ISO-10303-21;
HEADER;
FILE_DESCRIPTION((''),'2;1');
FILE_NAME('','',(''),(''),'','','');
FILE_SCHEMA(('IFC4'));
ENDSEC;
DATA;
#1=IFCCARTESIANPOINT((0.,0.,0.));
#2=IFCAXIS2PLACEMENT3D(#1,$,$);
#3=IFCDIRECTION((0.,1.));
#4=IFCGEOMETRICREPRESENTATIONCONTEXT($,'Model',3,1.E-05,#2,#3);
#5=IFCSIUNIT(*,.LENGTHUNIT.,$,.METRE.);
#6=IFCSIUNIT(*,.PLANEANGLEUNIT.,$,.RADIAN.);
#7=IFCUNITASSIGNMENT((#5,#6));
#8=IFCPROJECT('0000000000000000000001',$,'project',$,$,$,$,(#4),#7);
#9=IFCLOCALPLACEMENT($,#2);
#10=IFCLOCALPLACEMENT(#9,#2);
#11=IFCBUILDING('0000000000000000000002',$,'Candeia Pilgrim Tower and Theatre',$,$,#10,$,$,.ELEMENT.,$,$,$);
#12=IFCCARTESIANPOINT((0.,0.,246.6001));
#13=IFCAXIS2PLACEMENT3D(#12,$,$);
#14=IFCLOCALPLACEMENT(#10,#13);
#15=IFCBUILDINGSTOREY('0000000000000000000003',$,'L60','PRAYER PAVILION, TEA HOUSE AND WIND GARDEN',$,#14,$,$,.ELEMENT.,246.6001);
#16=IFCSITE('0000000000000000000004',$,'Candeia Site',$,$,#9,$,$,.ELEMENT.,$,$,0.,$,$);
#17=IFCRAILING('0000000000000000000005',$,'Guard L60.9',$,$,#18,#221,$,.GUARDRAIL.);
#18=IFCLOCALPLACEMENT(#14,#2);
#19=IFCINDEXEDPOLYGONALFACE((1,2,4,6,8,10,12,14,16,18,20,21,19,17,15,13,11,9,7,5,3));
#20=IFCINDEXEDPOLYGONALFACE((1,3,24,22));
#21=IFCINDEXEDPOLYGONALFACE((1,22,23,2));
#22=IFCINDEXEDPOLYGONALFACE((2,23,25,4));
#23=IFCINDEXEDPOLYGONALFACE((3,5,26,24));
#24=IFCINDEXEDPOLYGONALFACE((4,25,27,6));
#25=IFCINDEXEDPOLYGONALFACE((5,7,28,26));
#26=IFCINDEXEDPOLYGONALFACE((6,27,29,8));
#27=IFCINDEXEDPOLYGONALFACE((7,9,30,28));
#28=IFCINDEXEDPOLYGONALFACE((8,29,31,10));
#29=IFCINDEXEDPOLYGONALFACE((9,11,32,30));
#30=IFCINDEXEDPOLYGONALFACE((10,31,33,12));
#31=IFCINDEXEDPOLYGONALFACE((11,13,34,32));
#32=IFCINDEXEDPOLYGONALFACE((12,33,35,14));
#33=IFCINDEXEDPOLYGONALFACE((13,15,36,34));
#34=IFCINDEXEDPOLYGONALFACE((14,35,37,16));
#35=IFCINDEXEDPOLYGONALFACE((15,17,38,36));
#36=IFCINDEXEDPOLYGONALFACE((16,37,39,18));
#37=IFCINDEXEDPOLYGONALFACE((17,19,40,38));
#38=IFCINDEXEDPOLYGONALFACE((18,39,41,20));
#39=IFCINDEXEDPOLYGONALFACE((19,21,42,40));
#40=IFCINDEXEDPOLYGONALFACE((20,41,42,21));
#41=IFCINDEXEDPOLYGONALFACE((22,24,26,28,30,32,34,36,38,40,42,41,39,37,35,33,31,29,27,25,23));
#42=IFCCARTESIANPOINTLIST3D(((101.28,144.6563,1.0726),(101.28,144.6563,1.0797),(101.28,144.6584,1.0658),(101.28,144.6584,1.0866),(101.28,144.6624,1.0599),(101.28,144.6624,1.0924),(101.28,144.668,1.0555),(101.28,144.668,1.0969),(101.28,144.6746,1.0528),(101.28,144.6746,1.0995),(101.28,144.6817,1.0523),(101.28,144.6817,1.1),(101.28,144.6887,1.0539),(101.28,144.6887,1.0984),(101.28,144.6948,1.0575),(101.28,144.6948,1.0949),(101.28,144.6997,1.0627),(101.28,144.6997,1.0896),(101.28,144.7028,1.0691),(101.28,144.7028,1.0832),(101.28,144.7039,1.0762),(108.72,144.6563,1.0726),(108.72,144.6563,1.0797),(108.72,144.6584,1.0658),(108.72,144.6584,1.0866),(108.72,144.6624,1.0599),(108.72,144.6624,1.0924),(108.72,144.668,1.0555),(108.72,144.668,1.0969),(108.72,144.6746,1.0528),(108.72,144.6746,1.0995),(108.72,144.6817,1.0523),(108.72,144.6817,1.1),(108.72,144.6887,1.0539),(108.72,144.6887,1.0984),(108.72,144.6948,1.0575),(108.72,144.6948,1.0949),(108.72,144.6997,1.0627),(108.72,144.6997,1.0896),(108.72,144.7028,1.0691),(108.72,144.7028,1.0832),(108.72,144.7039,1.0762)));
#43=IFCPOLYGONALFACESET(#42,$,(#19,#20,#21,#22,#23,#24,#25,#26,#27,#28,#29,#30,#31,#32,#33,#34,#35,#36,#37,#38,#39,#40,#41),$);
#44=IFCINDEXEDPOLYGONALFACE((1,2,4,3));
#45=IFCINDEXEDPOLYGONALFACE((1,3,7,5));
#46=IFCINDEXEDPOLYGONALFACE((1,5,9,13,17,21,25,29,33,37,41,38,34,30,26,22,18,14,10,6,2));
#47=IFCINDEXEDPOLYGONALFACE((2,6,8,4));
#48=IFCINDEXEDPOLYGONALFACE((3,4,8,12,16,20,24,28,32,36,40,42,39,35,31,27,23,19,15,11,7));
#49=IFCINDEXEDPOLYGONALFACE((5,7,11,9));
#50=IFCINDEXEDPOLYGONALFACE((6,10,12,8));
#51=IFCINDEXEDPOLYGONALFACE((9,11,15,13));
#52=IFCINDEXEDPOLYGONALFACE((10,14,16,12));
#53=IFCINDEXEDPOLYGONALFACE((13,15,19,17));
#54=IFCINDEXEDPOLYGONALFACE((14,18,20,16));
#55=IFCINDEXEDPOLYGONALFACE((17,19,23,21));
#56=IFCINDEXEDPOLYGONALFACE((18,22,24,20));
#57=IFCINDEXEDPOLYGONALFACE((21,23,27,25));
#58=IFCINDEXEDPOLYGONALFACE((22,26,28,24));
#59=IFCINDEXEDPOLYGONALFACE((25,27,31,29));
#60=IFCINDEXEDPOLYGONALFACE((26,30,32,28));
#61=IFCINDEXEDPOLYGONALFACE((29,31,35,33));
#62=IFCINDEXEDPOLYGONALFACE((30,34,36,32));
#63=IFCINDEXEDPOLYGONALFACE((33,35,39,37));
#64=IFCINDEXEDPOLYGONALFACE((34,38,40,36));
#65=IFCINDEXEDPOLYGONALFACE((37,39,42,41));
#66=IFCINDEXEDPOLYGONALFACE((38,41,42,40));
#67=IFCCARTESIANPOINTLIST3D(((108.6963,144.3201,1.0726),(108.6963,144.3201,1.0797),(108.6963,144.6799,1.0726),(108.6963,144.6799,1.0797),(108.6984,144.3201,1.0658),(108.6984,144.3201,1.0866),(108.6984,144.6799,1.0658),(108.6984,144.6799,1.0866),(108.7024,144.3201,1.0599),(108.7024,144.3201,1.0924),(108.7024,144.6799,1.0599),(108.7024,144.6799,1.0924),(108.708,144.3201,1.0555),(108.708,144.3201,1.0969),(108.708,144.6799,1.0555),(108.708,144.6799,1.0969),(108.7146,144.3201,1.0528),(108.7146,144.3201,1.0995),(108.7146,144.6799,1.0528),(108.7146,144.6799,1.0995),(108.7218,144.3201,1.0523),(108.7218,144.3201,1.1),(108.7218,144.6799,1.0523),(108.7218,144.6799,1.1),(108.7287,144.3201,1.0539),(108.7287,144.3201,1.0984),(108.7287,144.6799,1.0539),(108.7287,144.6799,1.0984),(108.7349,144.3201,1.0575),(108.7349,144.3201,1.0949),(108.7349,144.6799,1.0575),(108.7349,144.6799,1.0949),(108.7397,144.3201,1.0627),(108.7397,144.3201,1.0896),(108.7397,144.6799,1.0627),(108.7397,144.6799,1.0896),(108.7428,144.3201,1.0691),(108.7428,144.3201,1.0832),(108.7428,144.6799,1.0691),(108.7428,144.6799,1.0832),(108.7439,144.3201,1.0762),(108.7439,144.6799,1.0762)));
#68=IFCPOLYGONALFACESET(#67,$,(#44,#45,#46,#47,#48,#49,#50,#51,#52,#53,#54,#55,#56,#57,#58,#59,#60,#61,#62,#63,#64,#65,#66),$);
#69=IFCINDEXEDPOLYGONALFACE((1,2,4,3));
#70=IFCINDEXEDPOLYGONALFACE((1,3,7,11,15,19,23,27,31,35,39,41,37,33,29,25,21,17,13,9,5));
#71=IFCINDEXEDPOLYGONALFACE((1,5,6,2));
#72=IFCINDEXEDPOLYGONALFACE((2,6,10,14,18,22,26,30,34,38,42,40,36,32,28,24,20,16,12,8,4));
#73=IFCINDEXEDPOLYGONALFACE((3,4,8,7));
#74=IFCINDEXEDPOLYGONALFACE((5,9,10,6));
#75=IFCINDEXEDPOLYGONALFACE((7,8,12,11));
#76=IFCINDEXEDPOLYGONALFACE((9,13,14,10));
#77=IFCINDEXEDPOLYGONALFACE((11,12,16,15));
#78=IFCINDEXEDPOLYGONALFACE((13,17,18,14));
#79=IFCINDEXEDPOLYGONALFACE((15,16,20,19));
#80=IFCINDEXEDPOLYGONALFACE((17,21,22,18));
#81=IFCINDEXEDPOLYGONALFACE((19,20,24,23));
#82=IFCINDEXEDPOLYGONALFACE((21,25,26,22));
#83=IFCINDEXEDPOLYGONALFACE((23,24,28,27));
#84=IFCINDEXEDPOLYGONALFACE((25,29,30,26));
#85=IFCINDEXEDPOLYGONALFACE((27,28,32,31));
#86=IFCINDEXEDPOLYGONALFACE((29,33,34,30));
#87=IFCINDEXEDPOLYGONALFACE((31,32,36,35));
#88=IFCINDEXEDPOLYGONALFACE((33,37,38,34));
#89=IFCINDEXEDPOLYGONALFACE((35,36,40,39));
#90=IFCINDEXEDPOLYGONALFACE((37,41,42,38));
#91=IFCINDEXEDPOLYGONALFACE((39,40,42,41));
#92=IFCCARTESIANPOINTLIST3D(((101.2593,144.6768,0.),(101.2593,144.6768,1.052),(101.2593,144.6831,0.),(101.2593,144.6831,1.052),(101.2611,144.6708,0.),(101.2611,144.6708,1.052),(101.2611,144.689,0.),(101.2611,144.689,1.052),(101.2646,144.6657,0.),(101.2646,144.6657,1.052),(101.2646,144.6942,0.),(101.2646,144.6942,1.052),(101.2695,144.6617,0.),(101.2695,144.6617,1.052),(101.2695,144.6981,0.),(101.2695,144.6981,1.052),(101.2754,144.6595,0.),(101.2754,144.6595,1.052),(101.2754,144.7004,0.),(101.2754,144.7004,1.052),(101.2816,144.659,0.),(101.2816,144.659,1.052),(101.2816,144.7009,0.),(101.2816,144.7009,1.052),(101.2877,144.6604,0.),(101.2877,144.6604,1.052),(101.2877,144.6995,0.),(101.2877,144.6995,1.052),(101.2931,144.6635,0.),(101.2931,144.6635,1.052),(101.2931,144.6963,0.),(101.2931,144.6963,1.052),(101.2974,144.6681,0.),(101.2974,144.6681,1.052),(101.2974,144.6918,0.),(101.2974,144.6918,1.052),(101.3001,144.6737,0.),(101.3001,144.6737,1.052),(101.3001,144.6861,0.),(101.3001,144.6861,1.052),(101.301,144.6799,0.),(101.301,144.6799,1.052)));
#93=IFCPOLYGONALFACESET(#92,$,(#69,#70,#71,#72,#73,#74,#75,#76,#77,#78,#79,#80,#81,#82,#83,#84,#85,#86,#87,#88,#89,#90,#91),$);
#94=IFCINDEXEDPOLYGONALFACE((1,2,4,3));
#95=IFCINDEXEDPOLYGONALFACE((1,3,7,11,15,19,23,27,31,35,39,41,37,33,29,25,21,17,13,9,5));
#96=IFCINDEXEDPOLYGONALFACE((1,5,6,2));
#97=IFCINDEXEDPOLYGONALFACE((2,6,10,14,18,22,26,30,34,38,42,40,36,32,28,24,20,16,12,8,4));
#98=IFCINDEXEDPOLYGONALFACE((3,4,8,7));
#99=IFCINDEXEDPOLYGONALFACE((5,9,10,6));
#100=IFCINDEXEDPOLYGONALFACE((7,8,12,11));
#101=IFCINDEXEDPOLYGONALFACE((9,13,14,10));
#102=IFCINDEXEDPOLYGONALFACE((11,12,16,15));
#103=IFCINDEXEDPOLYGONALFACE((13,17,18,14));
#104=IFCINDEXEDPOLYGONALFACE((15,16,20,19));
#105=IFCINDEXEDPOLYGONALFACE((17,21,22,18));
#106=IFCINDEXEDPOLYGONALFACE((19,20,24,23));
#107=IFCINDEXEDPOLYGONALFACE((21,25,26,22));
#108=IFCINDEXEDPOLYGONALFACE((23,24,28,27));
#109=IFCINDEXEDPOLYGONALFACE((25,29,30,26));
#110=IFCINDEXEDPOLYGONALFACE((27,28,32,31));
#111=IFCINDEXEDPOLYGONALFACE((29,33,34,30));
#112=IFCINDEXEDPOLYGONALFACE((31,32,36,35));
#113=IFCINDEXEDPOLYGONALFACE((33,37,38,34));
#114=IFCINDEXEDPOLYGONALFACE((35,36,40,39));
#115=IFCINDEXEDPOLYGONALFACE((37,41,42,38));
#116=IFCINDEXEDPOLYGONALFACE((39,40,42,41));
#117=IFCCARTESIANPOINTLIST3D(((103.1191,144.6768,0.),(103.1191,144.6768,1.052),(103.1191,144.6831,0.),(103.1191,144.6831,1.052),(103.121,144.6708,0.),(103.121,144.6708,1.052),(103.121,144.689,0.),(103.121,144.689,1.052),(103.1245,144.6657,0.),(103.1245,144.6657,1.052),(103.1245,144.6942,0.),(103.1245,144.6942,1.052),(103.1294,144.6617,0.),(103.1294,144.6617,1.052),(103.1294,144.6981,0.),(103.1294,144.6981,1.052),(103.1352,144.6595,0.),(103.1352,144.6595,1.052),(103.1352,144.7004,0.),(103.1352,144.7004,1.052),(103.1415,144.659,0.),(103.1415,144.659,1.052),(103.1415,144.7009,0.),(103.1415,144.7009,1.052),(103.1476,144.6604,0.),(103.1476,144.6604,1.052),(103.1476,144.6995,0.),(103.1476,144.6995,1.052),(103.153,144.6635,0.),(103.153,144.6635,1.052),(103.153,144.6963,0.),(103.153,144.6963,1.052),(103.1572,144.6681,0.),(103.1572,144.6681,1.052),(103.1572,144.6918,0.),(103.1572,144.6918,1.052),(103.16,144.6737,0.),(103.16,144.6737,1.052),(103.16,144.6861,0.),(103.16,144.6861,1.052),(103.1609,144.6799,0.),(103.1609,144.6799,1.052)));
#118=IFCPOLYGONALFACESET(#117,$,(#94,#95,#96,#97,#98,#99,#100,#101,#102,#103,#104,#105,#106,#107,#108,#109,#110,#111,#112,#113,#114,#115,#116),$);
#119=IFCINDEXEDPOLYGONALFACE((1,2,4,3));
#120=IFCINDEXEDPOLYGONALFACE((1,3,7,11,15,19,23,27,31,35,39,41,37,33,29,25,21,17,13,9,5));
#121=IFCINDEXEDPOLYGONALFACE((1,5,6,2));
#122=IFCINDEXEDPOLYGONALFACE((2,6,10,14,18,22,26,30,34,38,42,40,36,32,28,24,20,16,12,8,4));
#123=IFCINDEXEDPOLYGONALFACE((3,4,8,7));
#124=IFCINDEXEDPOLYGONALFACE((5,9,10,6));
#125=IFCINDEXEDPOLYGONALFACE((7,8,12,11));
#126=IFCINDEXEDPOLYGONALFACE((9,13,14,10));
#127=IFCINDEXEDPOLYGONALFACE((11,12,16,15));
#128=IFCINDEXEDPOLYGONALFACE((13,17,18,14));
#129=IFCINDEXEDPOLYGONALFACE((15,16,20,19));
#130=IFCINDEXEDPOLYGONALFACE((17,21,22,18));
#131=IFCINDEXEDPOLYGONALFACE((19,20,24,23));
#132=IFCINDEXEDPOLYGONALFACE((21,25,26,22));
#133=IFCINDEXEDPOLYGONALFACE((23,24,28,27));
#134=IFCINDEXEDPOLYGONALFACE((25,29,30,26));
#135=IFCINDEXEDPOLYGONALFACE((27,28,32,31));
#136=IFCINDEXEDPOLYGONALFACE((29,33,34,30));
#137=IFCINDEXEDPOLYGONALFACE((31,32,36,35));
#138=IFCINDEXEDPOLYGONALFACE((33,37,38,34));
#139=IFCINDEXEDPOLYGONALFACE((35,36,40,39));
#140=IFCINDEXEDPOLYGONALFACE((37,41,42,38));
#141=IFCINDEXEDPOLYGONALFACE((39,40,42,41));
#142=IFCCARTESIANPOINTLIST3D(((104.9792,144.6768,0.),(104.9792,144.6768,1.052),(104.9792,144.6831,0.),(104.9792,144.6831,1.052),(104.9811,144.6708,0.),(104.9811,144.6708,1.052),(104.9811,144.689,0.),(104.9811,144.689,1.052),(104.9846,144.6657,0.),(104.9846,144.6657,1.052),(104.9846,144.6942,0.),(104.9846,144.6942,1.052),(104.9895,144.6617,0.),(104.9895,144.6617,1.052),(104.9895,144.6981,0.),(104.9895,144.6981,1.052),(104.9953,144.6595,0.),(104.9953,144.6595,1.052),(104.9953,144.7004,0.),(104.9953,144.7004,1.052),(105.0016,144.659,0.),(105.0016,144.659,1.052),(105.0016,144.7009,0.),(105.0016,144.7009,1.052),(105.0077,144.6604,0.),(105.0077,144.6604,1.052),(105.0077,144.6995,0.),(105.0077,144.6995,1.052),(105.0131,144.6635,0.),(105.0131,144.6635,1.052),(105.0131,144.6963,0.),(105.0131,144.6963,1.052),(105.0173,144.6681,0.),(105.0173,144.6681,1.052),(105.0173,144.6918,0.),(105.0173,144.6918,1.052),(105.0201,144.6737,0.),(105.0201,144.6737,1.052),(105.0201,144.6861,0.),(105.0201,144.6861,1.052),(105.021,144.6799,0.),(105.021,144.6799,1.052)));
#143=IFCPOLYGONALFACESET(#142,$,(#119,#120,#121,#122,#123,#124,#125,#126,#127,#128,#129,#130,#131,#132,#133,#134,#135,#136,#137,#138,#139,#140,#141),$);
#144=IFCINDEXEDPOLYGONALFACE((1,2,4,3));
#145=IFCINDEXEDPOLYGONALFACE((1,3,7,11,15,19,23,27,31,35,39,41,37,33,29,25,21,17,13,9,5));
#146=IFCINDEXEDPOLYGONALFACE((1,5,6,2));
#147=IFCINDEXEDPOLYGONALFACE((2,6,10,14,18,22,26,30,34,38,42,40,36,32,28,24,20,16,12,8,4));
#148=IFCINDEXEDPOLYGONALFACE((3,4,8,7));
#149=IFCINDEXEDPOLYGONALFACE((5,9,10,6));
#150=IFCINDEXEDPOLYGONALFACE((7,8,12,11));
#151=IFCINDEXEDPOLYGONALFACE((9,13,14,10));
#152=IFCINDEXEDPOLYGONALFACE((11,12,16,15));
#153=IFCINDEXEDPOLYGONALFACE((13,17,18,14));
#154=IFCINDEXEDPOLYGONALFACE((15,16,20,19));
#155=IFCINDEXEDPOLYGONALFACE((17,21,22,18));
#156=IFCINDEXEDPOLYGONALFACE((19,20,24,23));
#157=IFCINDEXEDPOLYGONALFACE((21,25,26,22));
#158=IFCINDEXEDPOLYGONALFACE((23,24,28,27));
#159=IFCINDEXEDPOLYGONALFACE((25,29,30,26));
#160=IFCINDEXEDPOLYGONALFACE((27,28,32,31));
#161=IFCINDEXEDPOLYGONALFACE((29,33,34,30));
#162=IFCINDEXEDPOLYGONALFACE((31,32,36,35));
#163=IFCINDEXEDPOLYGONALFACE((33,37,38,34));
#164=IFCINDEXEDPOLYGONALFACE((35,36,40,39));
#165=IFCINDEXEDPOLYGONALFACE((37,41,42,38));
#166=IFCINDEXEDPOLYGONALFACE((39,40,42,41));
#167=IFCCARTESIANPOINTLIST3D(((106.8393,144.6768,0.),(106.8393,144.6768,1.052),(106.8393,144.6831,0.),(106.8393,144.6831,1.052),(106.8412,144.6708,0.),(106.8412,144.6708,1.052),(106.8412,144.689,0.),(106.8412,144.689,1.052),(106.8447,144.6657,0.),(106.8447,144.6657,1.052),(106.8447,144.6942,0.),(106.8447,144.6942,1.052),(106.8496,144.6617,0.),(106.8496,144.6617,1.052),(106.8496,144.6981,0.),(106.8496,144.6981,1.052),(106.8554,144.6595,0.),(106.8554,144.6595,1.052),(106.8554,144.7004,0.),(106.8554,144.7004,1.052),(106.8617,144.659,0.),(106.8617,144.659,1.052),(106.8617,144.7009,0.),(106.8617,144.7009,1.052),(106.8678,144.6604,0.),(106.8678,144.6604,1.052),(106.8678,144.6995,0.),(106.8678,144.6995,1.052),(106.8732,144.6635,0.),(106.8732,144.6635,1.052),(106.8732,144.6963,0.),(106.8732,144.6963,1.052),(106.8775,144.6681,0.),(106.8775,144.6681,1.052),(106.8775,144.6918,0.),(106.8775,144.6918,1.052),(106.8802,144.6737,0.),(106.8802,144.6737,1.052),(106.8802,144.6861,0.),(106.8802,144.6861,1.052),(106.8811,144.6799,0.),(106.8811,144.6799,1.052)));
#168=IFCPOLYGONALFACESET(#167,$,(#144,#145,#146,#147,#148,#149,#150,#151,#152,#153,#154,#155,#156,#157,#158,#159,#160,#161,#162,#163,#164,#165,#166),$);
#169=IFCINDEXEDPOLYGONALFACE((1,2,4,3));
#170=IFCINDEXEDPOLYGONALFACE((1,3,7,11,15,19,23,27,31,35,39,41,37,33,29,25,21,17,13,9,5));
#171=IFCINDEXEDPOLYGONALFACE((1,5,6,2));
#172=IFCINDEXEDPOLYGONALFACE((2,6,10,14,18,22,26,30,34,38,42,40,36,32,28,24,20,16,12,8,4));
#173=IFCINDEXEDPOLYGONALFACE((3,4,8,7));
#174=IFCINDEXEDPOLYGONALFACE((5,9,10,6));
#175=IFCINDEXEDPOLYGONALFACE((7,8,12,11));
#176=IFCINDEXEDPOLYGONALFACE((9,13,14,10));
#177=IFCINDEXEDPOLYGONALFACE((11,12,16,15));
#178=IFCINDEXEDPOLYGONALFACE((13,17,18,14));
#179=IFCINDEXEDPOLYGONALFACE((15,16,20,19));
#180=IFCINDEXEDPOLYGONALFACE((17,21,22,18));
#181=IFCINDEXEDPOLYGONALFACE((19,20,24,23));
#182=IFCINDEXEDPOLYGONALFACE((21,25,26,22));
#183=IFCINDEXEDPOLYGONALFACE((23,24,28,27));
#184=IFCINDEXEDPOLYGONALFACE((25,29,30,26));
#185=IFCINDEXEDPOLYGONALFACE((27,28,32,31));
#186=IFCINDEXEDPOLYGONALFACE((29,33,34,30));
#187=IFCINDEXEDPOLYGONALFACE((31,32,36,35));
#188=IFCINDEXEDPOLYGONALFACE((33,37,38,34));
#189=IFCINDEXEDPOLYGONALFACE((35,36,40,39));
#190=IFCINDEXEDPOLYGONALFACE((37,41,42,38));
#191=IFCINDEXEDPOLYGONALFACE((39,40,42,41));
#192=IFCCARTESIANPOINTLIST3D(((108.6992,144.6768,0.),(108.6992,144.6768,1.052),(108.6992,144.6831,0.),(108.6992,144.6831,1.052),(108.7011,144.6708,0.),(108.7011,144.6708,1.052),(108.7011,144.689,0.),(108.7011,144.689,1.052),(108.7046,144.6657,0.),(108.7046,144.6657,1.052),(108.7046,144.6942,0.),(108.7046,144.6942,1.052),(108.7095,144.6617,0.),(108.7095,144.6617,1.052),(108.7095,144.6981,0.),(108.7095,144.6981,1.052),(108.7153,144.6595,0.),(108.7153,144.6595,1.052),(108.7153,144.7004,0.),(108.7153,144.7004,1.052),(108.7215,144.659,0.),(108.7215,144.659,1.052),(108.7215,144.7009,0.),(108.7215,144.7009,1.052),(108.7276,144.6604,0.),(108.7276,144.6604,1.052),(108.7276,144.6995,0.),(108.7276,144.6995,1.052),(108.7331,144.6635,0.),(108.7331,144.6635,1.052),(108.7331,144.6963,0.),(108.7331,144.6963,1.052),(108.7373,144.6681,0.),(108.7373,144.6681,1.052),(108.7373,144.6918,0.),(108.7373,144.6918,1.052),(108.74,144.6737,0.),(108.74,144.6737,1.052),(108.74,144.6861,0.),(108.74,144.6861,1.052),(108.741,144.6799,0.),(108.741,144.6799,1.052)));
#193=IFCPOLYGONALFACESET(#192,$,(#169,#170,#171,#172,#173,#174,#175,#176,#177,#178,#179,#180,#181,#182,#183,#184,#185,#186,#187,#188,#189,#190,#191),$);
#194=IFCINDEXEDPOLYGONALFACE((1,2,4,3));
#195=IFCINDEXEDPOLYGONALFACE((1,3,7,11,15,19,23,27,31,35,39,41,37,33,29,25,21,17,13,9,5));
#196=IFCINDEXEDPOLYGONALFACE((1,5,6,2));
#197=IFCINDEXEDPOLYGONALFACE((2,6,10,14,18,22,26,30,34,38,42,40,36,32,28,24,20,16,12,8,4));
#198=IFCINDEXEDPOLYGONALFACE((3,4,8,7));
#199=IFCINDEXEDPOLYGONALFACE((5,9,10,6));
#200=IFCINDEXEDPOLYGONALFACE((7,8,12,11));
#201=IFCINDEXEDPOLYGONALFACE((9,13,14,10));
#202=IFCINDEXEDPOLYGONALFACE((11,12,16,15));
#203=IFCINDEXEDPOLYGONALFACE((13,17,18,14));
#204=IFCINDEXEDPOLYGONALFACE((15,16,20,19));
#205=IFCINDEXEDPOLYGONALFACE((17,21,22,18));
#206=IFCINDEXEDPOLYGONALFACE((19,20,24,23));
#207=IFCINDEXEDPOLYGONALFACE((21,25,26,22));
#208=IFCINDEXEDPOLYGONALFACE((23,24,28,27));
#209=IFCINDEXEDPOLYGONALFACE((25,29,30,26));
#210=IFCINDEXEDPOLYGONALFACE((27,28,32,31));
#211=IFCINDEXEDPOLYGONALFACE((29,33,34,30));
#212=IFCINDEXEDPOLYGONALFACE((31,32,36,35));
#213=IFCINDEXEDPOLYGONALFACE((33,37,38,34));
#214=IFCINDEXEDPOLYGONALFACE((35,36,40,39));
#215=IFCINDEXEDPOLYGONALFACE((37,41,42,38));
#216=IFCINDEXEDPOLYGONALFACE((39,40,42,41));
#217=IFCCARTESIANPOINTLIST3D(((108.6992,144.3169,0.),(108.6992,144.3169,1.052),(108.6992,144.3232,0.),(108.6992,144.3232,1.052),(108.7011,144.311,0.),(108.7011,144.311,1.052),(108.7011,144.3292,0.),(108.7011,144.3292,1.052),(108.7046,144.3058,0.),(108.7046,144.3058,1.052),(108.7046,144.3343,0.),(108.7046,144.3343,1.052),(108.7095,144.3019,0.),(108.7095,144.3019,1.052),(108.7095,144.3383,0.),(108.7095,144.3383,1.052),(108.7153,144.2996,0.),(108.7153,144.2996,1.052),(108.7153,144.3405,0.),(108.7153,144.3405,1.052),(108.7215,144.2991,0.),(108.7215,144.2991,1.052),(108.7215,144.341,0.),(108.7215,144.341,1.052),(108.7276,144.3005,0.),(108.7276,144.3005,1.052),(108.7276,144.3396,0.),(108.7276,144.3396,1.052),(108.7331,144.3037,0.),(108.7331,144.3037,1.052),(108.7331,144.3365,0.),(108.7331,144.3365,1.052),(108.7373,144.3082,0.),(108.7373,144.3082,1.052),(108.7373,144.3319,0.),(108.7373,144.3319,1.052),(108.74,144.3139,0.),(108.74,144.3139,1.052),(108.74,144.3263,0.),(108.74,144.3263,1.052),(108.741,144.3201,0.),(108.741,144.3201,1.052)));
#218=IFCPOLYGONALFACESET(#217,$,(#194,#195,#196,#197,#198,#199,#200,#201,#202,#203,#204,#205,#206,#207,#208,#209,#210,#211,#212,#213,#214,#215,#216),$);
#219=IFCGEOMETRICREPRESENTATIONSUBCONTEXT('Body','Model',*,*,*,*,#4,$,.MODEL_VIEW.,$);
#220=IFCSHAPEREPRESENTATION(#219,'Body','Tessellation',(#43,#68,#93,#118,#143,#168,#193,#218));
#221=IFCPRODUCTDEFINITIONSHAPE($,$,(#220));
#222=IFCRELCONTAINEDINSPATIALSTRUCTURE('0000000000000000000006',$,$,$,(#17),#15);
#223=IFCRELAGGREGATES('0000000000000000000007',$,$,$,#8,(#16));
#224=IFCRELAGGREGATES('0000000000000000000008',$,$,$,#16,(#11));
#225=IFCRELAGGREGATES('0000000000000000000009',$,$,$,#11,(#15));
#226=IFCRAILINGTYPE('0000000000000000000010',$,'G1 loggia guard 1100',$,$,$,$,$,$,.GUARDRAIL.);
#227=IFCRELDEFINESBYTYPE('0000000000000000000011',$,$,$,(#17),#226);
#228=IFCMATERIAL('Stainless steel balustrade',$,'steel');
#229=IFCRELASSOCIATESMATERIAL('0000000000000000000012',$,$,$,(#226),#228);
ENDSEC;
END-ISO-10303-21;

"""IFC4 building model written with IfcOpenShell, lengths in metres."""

from ifc_helpers import new_model, si_unit, direction, frame, origin, origin_2d, place, context, subcontext, project, spatial, circle, extrude, material, type_object, element, save


model = new_model("IFC4")

# Units and contexts
model_context = context("Model", 3, precision=1e-05, world=origin(), true_north=direction((0.0, 1.0)))
body_context = subcontext(model_context, "Body", "Model", "MODEL_VIEW")
ifc_project = project(units=[si_unit("LENGTHUNIT", "METRE"), si_unit("PLANEANGLEUNIT", "RADIAN")], contexts=[model_context])

# Site, building, storey
site_placement = place(None, origin())
site = spatial("IfcSite", under=ifc_project, at=site_placement, Name="Candeia Site", CompositionType="ELEMENT", RefElevation=0.0)
building_placement = place(site_placement, origin())
building = spatial("IfcBuilding", under=site, at=building_placement, Name="Candeia Pilgrim Tower and Theatre", CompositionType="ELEMENT")
storey_placement = place(building_placement, frame((0.0, 0.0, 246.6001)))
storey = spatial("IfcBuildingStorey", under=building, at=storey_placement, Name="L60", Description="PRAYER PAVILION, TEA HOUSE AND WIND GARDEN", CompositionType="ELEMENT", Elevation=246.6001)

# Railing
ifc_material_1 = material(Name="Stainless steel balustrade", Category="steel")
railing_type = type_object("IfcRailingType", Name="G1 loggia guard 1100", PredefinedType="GUARDRAIL", material=ifc_material_1)
railing_1_placement = place(storey_placement, frame((101.28, 144.6799, 0.0)))
element("IfcRailing", 1, at=railing_1_placement, inside=storey, type_object=railing_type, Name="Guard L60.9", PredefinedType="GUARDRAIL", context=body_context, shape_type="SweptSolid", body=[
    extrude(circle(Radius=0.0239, at=origin_2d()), frame((0.0, 0.0, 1.0762), z_axis=(1.0, 0.0, 0.0), x_axis=(0.0, 1.0, 0.0)), (0.0, 0.0, 1.0), 7.4399),
    extrude(circle(Radius=0.0239, at=origin_2d()), frame((7.4399, 0.0, 1.0762), z_axis=(0.0, -1.0, 0.0), x_axis=(1.0, 0.0, 0.0)), (0.0, 0.0, 1.0), 0.3599),
    extrude(circle(Radius=0.021, at=origin_2d()), origin(), (0.0, 0.0, 1.0), 1.052),
    extrude(circle(Radius=0.021, at=origin_2d()), frame((1.8599, 0.0, 0.0)), (0.0, 0.0, 1.0), 1.052),
    extrude(circle(Radius=0.021, at=origin_2d()), frame((3.72, 0.0, 0.0)), (0.0, 0.0, 1.0), 1.052),
    extrude(circle(Radius=0.021, at=origin_2d()), frame((5.5801, 0.0, 0.0)), (0.0, 0.0, 1.0), 1.052),
    extrude(circle(Radius=0.021, at=origin_2d()), frame((7.4399, 0.0, 0.0)), (0.0, 0.0, 1.0), 1.052),
    extrude(circle(Radius=0.021, at=origin_2d()), frame((7.4399, -0.3599, 0.0)), (0.0, 0.0, 1.0), 1.052),
])

save(model, "model.ifc")
